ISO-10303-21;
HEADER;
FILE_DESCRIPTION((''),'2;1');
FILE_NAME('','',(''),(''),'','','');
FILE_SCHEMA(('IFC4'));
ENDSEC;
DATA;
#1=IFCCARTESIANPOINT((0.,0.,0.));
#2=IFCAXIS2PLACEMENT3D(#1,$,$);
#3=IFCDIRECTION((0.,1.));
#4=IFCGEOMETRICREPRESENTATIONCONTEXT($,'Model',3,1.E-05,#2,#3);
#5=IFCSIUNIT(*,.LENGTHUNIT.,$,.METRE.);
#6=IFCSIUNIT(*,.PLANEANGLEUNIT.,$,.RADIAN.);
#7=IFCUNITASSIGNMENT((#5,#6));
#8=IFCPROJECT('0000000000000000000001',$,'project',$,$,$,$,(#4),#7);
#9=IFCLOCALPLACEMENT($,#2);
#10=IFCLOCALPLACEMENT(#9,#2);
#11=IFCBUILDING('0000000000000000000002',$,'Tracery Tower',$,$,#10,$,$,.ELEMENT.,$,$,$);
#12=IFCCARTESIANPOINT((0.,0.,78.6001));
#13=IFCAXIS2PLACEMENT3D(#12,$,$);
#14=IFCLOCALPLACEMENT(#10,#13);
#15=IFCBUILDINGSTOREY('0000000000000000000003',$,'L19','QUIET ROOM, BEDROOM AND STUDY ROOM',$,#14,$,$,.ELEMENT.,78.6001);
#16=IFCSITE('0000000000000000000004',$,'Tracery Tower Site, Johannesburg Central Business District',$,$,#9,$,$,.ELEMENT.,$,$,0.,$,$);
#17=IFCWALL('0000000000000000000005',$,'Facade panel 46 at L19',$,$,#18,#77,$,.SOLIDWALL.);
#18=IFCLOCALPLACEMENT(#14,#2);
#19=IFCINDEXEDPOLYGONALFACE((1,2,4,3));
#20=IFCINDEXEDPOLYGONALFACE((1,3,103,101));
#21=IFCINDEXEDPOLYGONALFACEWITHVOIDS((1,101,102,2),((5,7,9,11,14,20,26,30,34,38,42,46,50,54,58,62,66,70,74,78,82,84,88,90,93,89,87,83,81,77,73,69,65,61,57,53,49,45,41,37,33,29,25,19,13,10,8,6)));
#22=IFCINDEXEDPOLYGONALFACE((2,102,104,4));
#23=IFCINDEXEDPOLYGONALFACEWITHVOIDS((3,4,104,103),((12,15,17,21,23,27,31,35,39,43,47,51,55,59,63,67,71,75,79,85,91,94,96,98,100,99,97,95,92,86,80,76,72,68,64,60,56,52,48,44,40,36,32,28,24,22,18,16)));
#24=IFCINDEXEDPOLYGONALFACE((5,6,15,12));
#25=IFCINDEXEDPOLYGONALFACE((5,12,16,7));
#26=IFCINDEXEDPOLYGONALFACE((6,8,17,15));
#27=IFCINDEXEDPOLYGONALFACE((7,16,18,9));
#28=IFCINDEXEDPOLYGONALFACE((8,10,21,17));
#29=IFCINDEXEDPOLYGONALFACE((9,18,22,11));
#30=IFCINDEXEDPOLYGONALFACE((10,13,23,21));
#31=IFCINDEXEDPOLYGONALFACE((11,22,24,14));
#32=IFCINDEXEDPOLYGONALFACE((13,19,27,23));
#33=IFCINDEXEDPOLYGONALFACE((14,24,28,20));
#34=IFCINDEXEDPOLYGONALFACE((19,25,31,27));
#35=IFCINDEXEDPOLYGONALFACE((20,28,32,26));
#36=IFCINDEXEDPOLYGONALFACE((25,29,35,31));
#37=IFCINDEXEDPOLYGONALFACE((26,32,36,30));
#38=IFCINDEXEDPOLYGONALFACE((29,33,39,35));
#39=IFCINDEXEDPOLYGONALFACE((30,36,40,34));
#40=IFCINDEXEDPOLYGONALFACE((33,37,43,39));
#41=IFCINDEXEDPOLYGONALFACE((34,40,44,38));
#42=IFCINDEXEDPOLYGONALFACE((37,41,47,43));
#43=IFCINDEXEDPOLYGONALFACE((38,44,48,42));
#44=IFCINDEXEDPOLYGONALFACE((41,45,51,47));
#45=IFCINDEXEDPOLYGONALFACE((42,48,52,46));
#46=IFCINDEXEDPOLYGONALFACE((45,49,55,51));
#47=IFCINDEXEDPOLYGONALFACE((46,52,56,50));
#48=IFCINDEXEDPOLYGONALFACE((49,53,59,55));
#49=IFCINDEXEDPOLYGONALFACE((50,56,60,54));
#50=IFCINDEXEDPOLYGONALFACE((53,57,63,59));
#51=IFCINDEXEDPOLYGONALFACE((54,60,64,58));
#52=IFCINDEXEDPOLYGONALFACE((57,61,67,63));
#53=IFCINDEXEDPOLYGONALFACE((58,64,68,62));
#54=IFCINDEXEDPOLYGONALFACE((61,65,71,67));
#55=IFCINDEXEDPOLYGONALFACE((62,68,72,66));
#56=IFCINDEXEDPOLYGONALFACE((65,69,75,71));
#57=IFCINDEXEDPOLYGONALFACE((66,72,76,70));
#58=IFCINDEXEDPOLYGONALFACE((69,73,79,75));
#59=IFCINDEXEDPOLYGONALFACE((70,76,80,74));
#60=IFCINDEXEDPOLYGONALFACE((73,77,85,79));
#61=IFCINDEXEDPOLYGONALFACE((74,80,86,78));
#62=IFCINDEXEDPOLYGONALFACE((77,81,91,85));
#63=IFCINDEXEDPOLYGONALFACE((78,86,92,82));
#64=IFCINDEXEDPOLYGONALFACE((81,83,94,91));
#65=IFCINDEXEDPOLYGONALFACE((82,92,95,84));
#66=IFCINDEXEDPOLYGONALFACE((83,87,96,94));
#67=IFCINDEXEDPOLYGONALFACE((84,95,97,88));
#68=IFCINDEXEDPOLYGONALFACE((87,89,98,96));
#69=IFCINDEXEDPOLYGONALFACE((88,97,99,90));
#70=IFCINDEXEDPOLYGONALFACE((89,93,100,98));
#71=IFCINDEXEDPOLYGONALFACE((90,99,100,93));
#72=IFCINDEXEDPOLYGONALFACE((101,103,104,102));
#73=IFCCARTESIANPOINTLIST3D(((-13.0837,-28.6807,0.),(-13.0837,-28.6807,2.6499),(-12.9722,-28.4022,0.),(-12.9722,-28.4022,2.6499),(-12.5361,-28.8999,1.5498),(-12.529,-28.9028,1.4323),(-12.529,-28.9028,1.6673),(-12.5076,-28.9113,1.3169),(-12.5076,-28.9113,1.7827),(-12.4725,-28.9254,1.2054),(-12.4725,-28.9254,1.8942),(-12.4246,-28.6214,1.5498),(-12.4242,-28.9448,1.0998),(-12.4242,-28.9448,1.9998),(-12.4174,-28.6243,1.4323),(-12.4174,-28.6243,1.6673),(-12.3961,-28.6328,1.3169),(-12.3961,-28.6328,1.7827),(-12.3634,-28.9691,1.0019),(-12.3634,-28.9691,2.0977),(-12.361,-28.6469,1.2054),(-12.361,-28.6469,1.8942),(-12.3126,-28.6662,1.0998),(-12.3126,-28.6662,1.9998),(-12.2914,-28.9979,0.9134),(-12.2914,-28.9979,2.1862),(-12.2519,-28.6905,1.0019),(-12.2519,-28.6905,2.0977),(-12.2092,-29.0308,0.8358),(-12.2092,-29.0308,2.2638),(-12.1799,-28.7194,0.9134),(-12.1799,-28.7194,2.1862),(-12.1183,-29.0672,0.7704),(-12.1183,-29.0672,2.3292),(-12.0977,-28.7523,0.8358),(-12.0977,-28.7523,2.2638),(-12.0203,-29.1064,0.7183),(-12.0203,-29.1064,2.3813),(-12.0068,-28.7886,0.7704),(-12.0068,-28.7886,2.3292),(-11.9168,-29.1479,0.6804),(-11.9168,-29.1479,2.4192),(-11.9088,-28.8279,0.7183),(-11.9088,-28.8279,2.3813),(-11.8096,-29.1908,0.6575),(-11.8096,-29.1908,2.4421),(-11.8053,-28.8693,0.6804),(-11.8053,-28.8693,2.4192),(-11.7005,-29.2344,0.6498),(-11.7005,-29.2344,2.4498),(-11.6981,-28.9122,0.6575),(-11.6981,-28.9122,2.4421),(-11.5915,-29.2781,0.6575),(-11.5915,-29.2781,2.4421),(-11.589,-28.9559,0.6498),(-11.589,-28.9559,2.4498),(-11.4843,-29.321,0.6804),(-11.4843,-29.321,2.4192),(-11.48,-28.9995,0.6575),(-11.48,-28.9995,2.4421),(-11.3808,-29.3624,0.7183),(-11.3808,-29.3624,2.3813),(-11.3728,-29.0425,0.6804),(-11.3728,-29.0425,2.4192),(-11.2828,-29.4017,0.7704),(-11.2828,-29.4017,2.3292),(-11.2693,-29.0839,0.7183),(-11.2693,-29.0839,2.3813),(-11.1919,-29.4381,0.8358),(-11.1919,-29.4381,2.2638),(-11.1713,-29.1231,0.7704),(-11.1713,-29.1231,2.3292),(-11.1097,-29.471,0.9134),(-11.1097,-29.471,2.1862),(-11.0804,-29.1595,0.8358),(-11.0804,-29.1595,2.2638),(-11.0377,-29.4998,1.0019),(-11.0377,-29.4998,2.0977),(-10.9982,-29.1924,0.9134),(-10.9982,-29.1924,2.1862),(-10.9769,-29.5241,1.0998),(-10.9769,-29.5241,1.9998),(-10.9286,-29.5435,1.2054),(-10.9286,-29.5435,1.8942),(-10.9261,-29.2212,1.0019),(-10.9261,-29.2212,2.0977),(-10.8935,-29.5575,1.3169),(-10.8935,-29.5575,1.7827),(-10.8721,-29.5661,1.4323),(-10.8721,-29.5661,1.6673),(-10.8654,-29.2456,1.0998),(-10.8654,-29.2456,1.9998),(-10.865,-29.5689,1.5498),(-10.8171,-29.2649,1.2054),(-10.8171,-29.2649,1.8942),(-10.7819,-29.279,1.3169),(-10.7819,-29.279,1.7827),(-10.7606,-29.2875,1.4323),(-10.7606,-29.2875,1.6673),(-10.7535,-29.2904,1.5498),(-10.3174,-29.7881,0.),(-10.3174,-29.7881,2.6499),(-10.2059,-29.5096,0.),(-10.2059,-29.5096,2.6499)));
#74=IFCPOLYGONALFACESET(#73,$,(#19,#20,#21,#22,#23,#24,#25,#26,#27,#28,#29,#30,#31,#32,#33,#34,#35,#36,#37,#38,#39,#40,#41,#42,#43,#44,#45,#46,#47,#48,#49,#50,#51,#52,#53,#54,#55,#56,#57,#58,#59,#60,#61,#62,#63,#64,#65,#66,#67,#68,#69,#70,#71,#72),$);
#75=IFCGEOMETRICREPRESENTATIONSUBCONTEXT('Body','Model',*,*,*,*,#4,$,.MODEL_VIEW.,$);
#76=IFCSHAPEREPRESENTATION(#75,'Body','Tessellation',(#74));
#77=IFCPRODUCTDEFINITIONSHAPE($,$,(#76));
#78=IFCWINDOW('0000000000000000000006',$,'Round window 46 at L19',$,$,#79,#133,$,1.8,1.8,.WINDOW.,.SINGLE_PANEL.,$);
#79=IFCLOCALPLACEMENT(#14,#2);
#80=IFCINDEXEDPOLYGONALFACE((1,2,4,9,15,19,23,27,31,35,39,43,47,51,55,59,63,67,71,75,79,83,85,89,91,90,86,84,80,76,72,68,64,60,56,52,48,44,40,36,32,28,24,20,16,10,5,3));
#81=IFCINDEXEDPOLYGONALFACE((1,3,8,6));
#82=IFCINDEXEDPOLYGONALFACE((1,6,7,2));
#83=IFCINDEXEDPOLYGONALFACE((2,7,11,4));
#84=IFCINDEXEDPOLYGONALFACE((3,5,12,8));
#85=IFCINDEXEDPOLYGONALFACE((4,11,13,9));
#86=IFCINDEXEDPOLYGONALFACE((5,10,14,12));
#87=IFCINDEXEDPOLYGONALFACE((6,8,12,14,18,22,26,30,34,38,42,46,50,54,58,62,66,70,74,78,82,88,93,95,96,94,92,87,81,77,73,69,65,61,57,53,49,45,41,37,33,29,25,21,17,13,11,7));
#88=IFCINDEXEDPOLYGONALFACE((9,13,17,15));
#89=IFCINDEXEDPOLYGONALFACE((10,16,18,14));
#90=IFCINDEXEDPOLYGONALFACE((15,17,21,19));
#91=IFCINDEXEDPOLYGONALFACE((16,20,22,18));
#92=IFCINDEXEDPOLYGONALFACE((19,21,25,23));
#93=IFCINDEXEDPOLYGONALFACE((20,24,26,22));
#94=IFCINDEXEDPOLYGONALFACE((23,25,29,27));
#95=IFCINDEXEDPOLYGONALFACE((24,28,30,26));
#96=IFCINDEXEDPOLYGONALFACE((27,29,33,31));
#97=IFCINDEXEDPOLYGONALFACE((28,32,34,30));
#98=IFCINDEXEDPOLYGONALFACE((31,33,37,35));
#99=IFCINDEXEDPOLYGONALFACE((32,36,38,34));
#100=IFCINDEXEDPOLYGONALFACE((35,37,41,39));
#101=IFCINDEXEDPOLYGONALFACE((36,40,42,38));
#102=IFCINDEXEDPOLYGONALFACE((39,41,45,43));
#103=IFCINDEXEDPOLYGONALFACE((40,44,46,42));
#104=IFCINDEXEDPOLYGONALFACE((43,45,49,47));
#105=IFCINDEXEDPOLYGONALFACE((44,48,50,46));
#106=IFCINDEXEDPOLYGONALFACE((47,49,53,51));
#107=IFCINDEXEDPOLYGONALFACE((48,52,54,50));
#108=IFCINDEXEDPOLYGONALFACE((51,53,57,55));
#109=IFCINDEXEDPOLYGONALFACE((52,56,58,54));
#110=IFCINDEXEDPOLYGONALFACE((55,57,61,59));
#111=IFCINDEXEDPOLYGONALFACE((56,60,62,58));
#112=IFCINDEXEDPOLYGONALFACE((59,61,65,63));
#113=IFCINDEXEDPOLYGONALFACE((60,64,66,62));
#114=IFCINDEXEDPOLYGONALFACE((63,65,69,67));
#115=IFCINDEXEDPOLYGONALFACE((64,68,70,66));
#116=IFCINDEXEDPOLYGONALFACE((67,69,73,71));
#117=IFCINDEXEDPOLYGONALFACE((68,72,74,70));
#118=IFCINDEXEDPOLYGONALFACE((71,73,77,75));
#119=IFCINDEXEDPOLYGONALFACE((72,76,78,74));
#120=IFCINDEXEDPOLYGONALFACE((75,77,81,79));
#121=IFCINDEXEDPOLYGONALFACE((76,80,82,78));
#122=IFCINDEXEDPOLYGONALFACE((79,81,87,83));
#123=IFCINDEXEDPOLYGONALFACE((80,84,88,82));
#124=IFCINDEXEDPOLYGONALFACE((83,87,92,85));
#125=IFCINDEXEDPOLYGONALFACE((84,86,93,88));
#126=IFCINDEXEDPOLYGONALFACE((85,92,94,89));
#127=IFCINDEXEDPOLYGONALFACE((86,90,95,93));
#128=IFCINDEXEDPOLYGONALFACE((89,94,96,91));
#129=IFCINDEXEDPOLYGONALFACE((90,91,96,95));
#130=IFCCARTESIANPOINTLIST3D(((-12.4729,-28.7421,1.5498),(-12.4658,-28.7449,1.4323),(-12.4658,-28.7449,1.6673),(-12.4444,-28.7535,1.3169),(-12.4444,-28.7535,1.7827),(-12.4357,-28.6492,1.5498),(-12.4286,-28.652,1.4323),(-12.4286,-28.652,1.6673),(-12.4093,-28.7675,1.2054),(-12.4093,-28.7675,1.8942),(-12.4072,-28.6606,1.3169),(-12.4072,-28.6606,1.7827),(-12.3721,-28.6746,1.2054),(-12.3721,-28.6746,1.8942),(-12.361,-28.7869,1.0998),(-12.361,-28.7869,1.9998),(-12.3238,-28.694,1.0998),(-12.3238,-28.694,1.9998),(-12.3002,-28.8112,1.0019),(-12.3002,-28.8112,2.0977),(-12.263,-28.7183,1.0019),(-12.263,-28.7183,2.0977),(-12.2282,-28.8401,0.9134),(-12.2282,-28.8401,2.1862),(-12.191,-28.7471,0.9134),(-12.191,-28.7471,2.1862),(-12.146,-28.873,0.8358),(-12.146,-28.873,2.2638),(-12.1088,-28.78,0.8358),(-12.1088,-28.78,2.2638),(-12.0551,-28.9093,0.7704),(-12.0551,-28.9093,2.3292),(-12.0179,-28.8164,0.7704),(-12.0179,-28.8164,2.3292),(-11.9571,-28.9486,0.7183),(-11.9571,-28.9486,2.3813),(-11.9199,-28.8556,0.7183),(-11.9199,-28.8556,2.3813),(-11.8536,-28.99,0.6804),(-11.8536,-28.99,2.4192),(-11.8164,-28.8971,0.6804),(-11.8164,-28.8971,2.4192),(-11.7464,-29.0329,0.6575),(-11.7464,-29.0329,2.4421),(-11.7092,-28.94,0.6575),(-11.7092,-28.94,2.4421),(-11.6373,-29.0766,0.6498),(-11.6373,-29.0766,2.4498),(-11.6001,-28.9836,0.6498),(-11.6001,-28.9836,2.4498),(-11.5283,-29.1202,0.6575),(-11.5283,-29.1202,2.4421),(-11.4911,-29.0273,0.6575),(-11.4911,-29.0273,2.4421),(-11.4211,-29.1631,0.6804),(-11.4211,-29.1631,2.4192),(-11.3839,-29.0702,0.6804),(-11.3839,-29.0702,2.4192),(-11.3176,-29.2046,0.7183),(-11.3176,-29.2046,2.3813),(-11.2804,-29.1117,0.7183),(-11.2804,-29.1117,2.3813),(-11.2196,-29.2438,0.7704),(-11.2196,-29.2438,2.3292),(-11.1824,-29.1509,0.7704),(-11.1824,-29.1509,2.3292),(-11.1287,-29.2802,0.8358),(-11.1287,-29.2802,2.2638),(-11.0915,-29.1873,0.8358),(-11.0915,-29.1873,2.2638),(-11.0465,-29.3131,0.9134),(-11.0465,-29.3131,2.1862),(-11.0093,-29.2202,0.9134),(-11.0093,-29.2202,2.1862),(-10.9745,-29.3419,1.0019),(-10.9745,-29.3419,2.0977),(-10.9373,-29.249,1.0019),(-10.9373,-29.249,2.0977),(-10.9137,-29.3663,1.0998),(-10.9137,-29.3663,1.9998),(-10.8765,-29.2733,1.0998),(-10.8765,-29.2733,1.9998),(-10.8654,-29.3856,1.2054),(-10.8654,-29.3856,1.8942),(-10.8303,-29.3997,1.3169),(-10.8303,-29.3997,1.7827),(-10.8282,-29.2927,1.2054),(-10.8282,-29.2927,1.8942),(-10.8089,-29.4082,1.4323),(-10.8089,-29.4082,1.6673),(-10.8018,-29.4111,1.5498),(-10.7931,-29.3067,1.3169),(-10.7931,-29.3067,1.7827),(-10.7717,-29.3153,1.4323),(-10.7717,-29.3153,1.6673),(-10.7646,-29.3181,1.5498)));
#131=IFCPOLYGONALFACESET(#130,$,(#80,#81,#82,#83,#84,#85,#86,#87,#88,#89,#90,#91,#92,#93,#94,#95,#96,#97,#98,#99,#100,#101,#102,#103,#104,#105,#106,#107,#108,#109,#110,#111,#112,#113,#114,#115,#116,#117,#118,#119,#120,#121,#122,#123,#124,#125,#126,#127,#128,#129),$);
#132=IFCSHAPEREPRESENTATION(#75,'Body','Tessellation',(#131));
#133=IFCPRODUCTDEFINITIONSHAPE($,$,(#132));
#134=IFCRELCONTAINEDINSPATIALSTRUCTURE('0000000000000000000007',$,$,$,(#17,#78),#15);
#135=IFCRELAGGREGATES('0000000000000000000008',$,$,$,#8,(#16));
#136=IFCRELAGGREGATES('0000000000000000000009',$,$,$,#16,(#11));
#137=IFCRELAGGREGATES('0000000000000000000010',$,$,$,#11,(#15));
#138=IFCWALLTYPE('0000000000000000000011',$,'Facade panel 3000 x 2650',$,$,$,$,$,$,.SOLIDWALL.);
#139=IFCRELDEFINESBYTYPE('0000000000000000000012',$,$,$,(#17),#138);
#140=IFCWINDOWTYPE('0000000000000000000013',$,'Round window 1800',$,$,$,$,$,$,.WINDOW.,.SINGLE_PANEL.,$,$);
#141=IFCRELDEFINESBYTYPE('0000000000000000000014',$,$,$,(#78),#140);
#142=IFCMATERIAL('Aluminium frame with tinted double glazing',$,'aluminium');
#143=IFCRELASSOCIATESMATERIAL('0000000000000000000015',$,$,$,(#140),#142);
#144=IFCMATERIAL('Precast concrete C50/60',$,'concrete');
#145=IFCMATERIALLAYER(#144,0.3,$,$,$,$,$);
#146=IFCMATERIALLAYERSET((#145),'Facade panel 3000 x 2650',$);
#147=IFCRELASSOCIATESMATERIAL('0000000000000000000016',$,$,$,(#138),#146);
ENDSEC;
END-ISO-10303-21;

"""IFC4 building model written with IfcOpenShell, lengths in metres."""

from ifc_helpers import new_model, si_unit, direction, frame, frame_2d, origin, origin_2d, place, context, subcontext, project, spatial, rectangle, circle, extrude, material, layer, layer_set, type_object, element, fill, save


model = new_model("IFC4")

# Units and contexts
model_context = context("Model", 3, precision=1e-05, world=origin(), true_north=direction((0.0, 1.0)))
body_context = subcontext(model_context, "Body", "Model", "MODEL_VIEW")
ifc_project = project(units=[si_unit("LENGTHUNIT", "METRE"), si_unit("PLANEANGLEUNIT", "RADIAN")], contexts=[model_context])

# Site, building, storey
site_placement = place(None, origin())
site = spatial("IfcSite", under=ifc_project, at=site_placement, Name="Tracery Tower Site, Johannesburg Central Business District", CompositionType="ELEMENT", RefElevation=0.0)
building_placement = place(site_placement, origin())
building = spatial("IfcBuilding", under=site, at=building_placement, Name="Tracery Tower", CompositionType="ELEMENT")
storey_placement = place(building_placement, frame((0.0, 0.0, 78.6001)))
storey = spatial("IfcBuildingStorey", under=building, at=storey_placement, Name="L19", Description="QUIET ROOM, BEDROOM AND STUDY ROOM", CompositionType="ELEMENT", Elevation=78.6001)

# Wall, opening, window
ifc_material_1 = material(Name="Aluminium frame with tinted double glazing", Category="aluminium")
window_type = type_object("IfcWindowType", Name="Round window 1800", PartitioningType="SINGLE_PANEL", PredefinedType="WINDOW", material=ifc_material_1)
ifc_material_2 = material(Name="Precast concrete C50/60", Category="concrete")
ifc_layer_1 = layer(ifc_material_2, 0.3)
ifc_layer_set_1 = layer_set([ifc_layer_1], Name="Facade panel 3000 x 2650")
wall_type_1 = type_object("IfcWallType", Name="Facade panel 3000 x 2650", PredefinedType="SOLIDWALL", material=ifc_layer_set_1)
wall_1_placement = place(storey_placement, frame((-13.0278, -28.5415, 0.0), z_axis=(0.0, 0.0, 1.0), x_axis=(0.928375, -0.371645, 0.0)))
wall_1 = element("IfcWall", 1, at=wall_1_placement, inside=storey, type_object=wall_type_1, Name="Facade panel 46 at L19", PredefinedType="SOLIDWALL", context=body_context, shape_type="SweptSolid", body=[
    extrude(rectangle(XDim=2.9797, YDim=0.3, at=frame_2d((1.4897, 0.0))), origin(), (0.0, 0.0, 1.0), 2.6499),
])
opening_1_placement = place(wall_1_placement, frame((1.4897, 0.0, 1.5498)))
opening_1 = element("IfcOpeningElement", 2, at=opening_1_placement, cuts=wall_1, PredefinedType="OPENING", context=body_context, shape_type="SweptSolid", body=[
    extrude(circle(Radius=0.9, at=origin_2d()), frame((0.0, 0.1599, 0.0), z_axis=(0.0, -1.0, 0.0), x_axis=(1.0, 0.0, 0.0)), (0.0, 0.0, 1.0), 0.3201),
])
window_1_placement = place(opening_1_placement, origin())
window_1 = element("IfcWindow", 3, at=window_1_placement, inside=storey, type_object=window_type, Name="Round window 46 at L19", OverallHeight=1.8, OverallWidth=1.8, PartitioningType="SINGLE_PANEL", PredefinedType="WINDOW", context=body_context, shape_type="SweptSolid", body=[
    extrude(circle(Radius=0.9, at=origin_2d()), frame((0.0, 0.1201, 0.0), z_axis=(0.0, -1.0, 0.0), x_axis=(1.0, 0.0, 0.0)), (0.0, 0.0, 1.0), 0.1001),
])
fill(opening_1, window_1)

save(model, "model.ifc")
